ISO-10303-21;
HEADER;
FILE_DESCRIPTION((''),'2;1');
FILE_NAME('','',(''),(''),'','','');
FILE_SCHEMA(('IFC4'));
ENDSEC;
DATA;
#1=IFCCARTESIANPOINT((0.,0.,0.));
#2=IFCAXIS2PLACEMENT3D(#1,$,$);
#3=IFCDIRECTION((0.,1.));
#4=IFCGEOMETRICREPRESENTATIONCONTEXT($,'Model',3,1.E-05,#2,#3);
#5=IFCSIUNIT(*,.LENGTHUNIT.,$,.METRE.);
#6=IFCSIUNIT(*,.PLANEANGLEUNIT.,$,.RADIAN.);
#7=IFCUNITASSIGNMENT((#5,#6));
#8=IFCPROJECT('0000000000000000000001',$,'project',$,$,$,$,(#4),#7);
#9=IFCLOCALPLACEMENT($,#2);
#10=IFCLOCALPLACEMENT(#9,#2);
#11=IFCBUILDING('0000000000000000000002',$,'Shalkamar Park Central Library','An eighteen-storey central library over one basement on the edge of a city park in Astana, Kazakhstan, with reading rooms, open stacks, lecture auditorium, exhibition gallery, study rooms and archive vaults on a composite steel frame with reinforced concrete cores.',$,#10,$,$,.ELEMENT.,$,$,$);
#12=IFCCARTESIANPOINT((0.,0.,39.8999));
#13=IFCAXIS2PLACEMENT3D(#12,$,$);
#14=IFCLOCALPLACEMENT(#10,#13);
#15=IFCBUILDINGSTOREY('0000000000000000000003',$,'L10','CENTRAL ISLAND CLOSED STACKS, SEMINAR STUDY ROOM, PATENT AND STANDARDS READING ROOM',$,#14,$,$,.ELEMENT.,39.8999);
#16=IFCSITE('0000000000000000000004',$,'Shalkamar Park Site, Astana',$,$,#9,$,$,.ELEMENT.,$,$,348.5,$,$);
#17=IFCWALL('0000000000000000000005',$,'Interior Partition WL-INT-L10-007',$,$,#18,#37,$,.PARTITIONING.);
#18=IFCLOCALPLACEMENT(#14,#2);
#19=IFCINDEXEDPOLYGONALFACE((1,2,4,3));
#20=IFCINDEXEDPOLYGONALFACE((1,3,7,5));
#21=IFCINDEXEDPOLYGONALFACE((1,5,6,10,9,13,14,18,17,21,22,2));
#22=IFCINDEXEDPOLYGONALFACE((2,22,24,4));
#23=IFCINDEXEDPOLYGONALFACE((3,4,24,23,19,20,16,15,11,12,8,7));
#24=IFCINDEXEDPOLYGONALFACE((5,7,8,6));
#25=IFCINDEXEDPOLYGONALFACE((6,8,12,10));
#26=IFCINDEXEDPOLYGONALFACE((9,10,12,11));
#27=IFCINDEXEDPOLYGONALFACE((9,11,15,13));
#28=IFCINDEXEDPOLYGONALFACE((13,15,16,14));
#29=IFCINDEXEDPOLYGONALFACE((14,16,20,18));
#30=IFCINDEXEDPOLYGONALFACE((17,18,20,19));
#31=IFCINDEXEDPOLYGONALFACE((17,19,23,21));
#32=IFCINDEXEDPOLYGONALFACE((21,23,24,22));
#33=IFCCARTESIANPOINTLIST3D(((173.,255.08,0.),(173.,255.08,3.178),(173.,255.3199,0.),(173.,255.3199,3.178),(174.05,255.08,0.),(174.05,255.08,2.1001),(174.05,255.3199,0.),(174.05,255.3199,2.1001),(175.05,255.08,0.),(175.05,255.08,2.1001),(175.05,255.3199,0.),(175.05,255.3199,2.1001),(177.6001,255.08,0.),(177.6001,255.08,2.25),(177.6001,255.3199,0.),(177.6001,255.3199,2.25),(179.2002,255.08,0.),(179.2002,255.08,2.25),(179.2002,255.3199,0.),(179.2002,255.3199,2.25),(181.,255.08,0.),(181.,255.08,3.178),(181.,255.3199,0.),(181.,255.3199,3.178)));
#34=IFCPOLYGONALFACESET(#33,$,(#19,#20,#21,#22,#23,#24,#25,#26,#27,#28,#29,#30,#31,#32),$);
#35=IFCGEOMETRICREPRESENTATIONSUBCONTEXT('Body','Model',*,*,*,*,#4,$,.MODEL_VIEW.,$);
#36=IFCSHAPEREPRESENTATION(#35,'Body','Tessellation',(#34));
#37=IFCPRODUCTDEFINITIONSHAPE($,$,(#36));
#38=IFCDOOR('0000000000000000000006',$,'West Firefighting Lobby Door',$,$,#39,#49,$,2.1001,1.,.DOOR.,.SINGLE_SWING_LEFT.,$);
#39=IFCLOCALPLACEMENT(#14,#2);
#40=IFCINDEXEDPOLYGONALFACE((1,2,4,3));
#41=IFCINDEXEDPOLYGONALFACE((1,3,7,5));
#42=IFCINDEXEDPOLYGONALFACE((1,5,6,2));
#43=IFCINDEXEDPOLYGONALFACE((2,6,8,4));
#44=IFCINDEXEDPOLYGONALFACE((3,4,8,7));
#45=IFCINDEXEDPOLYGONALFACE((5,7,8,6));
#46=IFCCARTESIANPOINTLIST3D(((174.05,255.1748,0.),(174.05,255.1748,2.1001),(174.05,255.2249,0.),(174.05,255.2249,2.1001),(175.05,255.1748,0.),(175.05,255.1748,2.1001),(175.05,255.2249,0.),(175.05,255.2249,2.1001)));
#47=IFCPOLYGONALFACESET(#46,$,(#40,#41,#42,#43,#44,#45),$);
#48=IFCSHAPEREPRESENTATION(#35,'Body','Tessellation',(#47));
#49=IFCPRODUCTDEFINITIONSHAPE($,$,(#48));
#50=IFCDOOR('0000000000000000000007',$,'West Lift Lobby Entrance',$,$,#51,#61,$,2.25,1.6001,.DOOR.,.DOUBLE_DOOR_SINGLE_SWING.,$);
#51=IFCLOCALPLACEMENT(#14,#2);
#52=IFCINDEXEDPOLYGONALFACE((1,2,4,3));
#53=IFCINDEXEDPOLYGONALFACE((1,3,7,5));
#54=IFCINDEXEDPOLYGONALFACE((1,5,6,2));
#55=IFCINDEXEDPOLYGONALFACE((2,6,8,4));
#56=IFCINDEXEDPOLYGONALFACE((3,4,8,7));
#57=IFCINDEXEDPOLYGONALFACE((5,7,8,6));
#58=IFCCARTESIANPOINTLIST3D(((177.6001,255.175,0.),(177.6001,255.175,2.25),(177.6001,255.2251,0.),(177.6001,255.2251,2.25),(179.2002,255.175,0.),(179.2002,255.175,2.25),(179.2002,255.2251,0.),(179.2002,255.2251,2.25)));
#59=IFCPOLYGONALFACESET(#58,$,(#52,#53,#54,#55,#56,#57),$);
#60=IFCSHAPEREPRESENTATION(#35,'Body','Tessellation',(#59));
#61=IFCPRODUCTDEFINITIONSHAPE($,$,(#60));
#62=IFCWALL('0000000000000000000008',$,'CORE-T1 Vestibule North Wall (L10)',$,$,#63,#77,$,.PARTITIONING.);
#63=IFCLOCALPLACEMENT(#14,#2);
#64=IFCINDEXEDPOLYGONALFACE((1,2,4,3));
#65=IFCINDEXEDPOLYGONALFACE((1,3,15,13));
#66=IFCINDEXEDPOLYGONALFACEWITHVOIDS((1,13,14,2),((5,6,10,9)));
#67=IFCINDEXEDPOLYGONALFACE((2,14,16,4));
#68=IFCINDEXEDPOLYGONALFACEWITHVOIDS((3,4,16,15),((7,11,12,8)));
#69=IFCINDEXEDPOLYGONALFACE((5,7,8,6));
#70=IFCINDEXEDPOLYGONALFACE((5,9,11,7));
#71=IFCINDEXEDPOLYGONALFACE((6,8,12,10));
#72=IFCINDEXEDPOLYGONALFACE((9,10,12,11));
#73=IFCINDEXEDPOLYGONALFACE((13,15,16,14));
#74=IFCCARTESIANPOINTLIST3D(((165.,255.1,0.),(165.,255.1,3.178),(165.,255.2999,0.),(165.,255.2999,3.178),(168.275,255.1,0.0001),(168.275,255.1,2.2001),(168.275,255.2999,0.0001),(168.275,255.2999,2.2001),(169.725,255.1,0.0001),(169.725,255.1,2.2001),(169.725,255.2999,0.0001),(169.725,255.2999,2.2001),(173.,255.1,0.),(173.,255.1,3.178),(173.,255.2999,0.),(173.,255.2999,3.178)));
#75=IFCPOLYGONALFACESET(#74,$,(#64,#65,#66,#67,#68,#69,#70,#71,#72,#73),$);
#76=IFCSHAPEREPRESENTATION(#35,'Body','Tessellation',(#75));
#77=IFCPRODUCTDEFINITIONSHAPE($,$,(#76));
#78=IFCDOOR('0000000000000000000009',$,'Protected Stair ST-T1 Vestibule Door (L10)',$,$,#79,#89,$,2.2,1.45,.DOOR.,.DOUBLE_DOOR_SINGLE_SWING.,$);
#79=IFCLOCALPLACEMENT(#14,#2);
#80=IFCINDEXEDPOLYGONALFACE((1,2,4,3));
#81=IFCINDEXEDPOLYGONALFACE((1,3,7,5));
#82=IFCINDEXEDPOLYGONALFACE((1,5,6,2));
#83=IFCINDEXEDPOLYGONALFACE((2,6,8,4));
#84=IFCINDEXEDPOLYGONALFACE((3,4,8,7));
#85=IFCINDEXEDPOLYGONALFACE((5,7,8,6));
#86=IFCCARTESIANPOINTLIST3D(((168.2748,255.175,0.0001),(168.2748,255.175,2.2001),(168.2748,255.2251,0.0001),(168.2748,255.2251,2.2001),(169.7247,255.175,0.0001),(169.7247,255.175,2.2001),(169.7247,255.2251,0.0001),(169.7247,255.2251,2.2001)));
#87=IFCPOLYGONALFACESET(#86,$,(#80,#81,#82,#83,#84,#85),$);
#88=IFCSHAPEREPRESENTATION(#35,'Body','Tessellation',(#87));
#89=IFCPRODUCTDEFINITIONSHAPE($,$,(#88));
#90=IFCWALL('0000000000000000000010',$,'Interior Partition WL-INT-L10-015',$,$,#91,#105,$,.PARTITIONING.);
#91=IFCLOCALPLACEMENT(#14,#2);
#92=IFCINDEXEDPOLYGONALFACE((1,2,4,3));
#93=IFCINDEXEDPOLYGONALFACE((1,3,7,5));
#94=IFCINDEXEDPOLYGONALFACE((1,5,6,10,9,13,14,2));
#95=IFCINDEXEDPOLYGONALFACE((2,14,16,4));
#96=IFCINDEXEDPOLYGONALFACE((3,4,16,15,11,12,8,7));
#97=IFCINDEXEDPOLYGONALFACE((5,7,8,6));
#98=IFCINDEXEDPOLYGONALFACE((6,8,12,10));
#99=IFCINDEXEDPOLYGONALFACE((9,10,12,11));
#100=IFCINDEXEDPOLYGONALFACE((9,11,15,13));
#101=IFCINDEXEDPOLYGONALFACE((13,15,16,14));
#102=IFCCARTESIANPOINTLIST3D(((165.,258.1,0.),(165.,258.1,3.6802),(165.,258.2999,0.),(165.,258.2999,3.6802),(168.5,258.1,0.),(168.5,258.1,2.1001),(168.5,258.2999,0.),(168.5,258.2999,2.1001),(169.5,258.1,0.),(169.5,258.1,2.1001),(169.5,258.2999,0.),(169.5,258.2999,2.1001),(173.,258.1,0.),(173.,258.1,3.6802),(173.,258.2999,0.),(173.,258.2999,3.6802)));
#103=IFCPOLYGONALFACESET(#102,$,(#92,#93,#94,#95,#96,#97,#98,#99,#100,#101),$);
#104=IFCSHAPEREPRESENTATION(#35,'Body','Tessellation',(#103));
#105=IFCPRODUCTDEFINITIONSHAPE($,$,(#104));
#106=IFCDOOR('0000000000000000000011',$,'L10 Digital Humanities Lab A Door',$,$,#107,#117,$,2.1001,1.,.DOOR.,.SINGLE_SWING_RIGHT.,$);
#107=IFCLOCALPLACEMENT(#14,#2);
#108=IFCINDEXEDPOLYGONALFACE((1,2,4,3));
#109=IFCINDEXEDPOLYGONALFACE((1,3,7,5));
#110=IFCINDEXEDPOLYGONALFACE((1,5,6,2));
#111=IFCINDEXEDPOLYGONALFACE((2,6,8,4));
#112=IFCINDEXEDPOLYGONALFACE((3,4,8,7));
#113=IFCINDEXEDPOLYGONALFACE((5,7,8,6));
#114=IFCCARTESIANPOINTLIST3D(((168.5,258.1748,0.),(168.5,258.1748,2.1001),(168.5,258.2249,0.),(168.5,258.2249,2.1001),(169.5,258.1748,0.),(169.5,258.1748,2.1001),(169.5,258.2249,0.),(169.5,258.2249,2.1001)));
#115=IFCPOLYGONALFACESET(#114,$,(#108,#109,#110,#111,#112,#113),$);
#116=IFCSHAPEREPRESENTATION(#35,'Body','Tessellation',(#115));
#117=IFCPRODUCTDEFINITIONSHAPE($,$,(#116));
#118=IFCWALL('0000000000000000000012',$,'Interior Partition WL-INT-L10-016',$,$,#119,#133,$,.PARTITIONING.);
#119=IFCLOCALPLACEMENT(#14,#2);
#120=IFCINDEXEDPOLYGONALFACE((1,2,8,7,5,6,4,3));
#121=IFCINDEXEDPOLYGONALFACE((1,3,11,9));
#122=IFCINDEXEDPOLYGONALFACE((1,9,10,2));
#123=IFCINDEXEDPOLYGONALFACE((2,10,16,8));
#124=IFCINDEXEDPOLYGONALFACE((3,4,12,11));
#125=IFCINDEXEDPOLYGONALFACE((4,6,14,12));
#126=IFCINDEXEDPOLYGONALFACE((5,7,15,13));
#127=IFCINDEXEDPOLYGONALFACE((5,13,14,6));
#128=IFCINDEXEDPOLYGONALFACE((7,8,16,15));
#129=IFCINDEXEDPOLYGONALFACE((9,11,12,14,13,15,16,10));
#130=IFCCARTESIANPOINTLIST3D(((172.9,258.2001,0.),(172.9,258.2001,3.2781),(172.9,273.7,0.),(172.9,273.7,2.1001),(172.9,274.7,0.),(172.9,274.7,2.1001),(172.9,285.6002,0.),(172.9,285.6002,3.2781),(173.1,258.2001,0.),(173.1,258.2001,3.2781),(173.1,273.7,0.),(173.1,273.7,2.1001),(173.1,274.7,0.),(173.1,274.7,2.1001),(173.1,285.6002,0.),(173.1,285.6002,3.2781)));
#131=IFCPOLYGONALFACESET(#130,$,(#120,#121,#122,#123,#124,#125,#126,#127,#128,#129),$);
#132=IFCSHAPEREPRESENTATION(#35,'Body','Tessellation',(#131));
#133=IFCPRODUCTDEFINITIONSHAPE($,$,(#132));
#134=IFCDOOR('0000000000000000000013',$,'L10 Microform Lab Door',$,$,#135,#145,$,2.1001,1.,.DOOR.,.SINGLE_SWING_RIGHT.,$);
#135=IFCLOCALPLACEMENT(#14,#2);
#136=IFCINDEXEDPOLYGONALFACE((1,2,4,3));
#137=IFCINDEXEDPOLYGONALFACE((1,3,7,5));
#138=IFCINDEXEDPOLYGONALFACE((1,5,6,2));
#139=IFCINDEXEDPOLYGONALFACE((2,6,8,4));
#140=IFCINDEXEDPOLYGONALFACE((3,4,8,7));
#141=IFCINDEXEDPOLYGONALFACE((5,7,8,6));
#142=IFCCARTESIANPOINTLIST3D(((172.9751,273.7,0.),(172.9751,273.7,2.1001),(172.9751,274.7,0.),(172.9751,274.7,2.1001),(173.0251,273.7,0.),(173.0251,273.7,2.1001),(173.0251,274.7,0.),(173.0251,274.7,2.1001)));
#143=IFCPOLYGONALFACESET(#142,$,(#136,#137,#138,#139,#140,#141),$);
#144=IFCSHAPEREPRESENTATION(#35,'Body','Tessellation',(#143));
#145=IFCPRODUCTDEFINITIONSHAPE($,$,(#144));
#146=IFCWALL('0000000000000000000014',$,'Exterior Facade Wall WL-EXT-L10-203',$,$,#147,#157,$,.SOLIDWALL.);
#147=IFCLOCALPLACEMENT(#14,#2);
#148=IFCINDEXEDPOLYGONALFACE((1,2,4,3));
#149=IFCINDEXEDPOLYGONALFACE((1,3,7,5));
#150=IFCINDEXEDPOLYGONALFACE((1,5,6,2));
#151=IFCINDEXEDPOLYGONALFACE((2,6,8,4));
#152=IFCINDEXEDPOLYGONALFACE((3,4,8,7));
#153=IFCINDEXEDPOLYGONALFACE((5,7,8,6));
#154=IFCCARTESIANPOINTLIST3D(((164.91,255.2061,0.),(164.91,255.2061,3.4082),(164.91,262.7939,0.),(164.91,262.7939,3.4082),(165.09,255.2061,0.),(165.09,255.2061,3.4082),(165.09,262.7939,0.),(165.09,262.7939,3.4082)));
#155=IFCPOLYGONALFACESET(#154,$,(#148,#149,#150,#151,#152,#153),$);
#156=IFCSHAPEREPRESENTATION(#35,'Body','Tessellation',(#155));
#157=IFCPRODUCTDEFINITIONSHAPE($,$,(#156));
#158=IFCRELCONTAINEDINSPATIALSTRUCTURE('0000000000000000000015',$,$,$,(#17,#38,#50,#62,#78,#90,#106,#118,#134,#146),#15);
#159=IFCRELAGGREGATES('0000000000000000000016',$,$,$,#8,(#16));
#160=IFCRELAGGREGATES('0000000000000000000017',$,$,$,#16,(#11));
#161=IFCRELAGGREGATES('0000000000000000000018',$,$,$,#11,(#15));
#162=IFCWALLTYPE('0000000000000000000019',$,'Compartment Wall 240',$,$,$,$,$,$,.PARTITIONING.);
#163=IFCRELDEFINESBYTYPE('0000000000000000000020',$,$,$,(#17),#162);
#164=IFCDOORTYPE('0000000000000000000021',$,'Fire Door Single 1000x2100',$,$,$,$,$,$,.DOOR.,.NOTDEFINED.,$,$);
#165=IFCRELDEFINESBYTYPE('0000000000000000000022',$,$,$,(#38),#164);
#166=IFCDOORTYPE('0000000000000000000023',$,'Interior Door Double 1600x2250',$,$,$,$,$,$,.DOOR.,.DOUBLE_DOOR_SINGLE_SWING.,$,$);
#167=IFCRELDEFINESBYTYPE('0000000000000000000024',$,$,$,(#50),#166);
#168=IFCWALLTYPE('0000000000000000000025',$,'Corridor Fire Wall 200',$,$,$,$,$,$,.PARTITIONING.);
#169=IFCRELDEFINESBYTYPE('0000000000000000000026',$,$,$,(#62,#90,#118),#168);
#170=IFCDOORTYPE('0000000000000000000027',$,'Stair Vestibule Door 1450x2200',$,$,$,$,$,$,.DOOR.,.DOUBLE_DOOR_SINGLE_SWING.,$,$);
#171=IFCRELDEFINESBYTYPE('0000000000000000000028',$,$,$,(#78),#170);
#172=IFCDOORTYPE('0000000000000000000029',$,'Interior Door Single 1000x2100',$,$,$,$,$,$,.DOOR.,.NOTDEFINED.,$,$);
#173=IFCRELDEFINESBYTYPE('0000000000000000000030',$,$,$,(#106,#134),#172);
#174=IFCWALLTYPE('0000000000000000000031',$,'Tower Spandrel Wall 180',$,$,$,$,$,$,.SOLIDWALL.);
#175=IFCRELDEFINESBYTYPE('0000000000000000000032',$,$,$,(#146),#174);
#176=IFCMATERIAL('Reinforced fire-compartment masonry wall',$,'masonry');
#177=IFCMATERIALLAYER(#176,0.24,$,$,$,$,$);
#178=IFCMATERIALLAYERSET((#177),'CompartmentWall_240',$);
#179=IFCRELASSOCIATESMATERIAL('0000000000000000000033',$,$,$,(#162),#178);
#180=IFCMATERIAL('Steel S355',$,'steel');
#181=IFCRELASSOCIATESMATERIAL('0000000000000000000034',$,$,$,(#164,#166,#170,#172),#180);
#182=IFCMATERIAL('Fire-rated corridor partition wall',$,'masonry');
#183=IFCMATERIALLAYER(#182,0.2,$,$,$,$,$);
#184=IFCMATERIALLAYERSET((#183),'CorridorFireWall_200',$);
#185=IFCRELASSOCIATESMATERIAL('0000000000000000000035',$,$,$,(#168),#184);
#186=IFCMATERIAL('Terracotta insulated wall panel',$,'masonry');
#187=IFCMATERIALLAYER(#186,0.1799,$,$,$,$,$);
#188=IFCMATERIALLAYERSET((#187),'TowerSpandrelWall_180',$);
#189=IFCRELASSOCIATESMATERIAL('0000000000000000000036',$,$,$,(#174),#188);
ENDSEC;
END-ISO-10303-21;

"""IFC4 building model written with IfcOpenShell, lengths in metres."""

from ifc_helpers import new_model, si_unit, direction, frame, frame_2d, origin, place, context, subcontext, project, spatial, rectangle, extrude, material, layer, layer_set, type_object, element, fill, save


model = new_model("IFC4")

# Units and contexts
model_context = context("Model", 3, precision=1e-05, world=origin(), true_north=direction((0.0, 1.0)))
body_context = subcontext(model_context, "Body", "Model", "MODEL_VIEW")
ifc_project = project(units=[si_unit("LENGTHUNIT", "METRE"), si_unit("PLANEANGLEUNIT", "RADIAN")], contexts=[model_context])

# Site, building, storey
site_placement = place(None, origin())
site = spatial("IfcSite", under=ifc_project, at=site_placement, Name="Shalkamar Park Site, Astana", CompositionType="ELEMENT", RefElevation=348.5)
building_placement = place(site_placement, origin())
building = spatial("IfcBuilding", under=site, at=building_placement, Name="Shalkamar Park Central Library", Description="An eighteen-storey central library over one basement on the edge of a city park in Astana, Kazakhstan, with reading rooms, open stacks, lecture auditorium, exhibition gallery, study rooms and archive vaults on a composite steel frame with reinforced concrete cores.", CompositionType="ELEMENT")
storey_placement = place(building_placement, frame((0.0, 0.0, 39.8999)))
storey = spatial("IfcBuildingStorey", under=building, at=storey_placement, Name="L10", Description="CENTRAL ISLAND CLOSED STACKS, SEMINAR STUDY ROOM, PATENT AND STANDARDS READING ROOM", CompositionType="ELEMENT", Elevation=39.8999)

# Shared definitions
ifc_material_1 = material(Name="Steel S355", Category="steel")

# Wall, openings, doors
ifc_material_2 = material(Name="Reinforced fire-compartment masonry wall", Category="masonry")
ifc_layer_1 = layer(ifc_material_2, 0.24)
ifc_layer_set_1 = layer_set([ifc_layer_1], Name="CompartmentWall_240")
wall_type_1 = type_object("IfcWallType", Name="Compartment Wall 240", PredefinedType="PARTITIONING", material=ifc_layer_set_1)
wall_1_placement = place(storey_placement, frame((173.0, 255.2, 0.0), z_axis=(0.0, 0.0, 1.0), x_axis=(1.0, 0.0, 0.0)))
wall_1 = element("IfcWall", 1, at=wall_1_placement, inside=storey, type_object=wall_type_1, Name="Interior Partition WL-INT-L10-007", PredefinedType="PARTITIONING", context=body_context, shape_type="SweptSolid", body=[
    extrude(rectangle(XDim=8.0, YDim=0.24, at=frame_2d((4.0, 0.0))), origin(), (0.0, 0.0, 1.0), 3.178),
])
opening_1_placement = place(wall_1_placement, frame((1.05, 0.0, 0.0)))
opening_1 = element("IfcOpeningElement", 2, at=opening_1_placement, cuts=wall_1, PredefinedType="OPENING", context=body_context, shape_type="SweptSolid", body=[
    extrude(rectangle(XDim=1.0, YDim=2.1001, at=frame_2d((0.5, 1.05))), frame((0.0, 0.1348, 0.0), z_axis=(0.0, -1.0, 0.0), x_axis=(1.0, 0.0, 0.0)), (0.0, 0.0, 1.0), 0.2698),
])
opening_2_placement = place(wall_1_placement, frame((4.6001, 0.0, 0.0)))
opening_2 = element("IfcOpeningElement", 3, at=opening_2_placement, cuts=wall_1, PredefinedType="OPENING", context=body_context, shape_type="SweptSolid", body=[
    extrude(rectangle(XDim=1.6001, YDim=2.25, at=frame_2d((0.8, 1.125))), frame((0.0, 0.1348, 0.0), z_axis=(0.0, -1.0, 0.0), x_axis=(1.0, 0.0, 0.0)), (0.0, 0.0, 1.0), 0.2698),
])
door_type_1 = type_object("IfcDoorType", Name="Fire Door Single 1000x2100", OperationType="NOTDEFINED", PredefinedType="DOOR", material=ifc_material_1)
door_1_placement = place(opening_1_placement, origin())
door_1 = element("IfcDoor", 4, at=door_1_placement, inside=storey, type_object=door_type_1, Name="West Firefighting Lobby Door", OperationType="SINGLE_SWING_LEFT", OverallHeight=2.1001, OverallWidth=1.0, PredefinedType="DOOR", context=body_context, shape_type="SweptSolid", body=[
    extrude(rectangle(XDim=1.0, YDim=2.1001, at=frame_2d((0.5, 1.05))), frame((0.0, 0.0249, 0.0), z_axis=(0.0, -1.0, 0.0), x_axis=(1.0, 0.0, 0.0)), (0.0, 0.0, 1.0), 0.05),
])
fill(opening_1, door_1)
door_type_2 = type_object("IfcDoorType", Name="Interior Door Double 1600x2250", OperationType="DOUBLE_DOOR_SINGLE_SWING", PredefinedType="DOOR", material=ifc_material_1)
door_2_placement = place(opening_2_placement, frame((1.6001, 0.0, 0.0), z_axis=(0.0, 0.0, 1.0), x_axis=(-1.0, 0.0, 0.0)))
door_2 = element("IfcDoor", 5, at=door_2_placement, inside=storey, type_object=door_type_2, Name="West Lift Lobby Entrance", OperationType="DOUBLE_DOOR_SINGLE_SWING", OverallHeight=2.25, OverallWidth=1.6001, PredefinedType="DOOR", context=body_context, shape_type="SweptSolid", body=[
    extrude(rectangle(XDim=1.6001, YDim=2.25, at=frame_2d((0.8, 1.125))), frame((0.0, 0.0249, 0.0), z_axis=(0.0, -1.0, 0.0), x_axis=(1.0, 0.0, 0.0)), (0.0, 0.0, 1.0), 0.05),
])
fill(opening_2, door_2)

# Walls, openings, doors
ifc_material_3 = material(Name="Fire-rated corridor partition wall", Category="masonry")
ifc_layer_2 = layer(ifc_material_3, 0.2)
ifc_layer_set_2 = layer_set([ifc_layer_2], Name="CorridorFireWall_200")
wall_type_2 = type_object("IfcWallType", Name="Corridor Fire Wall 200", PredefinedType="PARTITIONING", material=ifc_layer_set_2)
wall_2_placement = place(storey_placement, frame((165.0, 255.2, 0.0), z_axis=(0.0, 0.0, 1.0), x_axis=(1.0, 0.0, 0.0)))
wall_2 = element("IfcWall", 6, at=wall_2_placement, inside=storey, type_object=wall_type_2, Name="CORE-T1 Vestibule North Wall (L10)", PredefinedType="PARTITIONING", context=body_context, shape_type="SweptSolid", body=[
    extrude(rectangle(XDim=8.0, YDim=0.2, at=frame_2d((4.0, 0.0))), origin(), (0.0, 0.0, 1.0), 3.178),
])
opening_3_placement = place(wall_2_placement, frame((3.2749, 0.0, 0.0)))
opening_3 = element("IfcOpeningElement", 7, at=opening_3_placement, cuts=wall_2, PredefinedType="OPENING", context=body_context, shape_type="SweptSolid", body=[
    extrude(rectangle(XDim=1.45, YDim=2.2, at=frame_2d((0.7251, 1.1001))), frame((0.0, 0.1147, 0.0), z_axis=(0.0, -1.0, 0.0), x_axis=(1.0, 0.0, 0.0)), (0.0, 0.0, 1.0), 0.2297),
])
door_type_3 = type_object("IfcDoorType", Name="Stair Vestibule Door 1450x2200", OperationType="DOUBLE_DOOR_SINGLE_SWING", PredefinedType="DOOR", material=ifc_material_1)
door_3_placement = place(opening_3_placement, frame((1.45, 0.0, 0.0), z_axis=(0.0, 0.0, 1.0), x_axis=(-1.0, 0.0, 0.0)))
door_3 = element("IfcDoor", 8, at=door_3_placement, inside=storey, type_object=door_type_3, Name="Protected Stair ST-T1 Vestibule Door (L10)", OperationType="DOUBLE_DOOR_SINGLE_SWING", OverallHeight=2.2, OverallWidth=1.45, PredefinedType="DOOR", context=body_context, shape_type="SweptSolid", body=[
    extrude(rectangle(XDim=1.45, YDim=2.2, at=frame_2d((0.7251, 1.1001))), frame((0.0, 0.0249, 0.0), z_axis=(0.0, -1.0, 0.0), x_axis=(1.0, 0.0, 0.0)), (0.0, 0.0, 1.0), 0.05),
])
fill(opening_3, door_3)
wall_3_placement = place(storey_placement, frame((165.0, 258.2, 0.0), z_axis=(0.0, 0.0, 1.0), x_axis=(1.0, 0.0, 0.0)))
wall_3 = element("IfcWall", 9, at=wall_3_placement, inside=storey, type_object=wall_type_2, Name="Interior Partition WL-INT-L10-015", PredefinedType="PARTITIONING", context=body_context, shape_type="SweptSolid", body=[
    extrude(rectangle(XDim=8.0, YDim=0.2, at=frame_2d((4.0, 0.0))), origin(), (0.0, 0.0, 1.0), 3.6802),
])
opening_4_placement = place(wall_3_placement, frame((3.5, 0.0, 0.0)))
opening_4 = element("IfcOpeningElement", 10, at=opening_4_placement, cuts=wall_3, PredefinedType="OPENING", context=body_context, shape_type="SweptSolid", body=[
    extrude(rectangle(XDim=1.0, YDim=2.1001, at=frame_2d((0.5, 1.05))), frame((0.0, 0.1147, 0.0), z_axis=(0.0, -1.0, 0.0), x_axis=(1.0, 0.0, 0.0)), (0.0, 0.0, 1.0), 0.2297),
])
door_type_4 = type_object("IfcDoorType", Name="Interior Door Single 1000x2100", OperationType="NOTDEFINED", PredefinedType="DOOR", material=ifc_material_1)
door_4_placement = place(opening_4_placement, origin())
door_4 = element("IfcDoor", 11, at=door_4_placement, inside=storey, type_object=door_type_4, Name="L10 Digital Humanities Lab A Door", OperationType="SINGLE_SWING_RIGHT", OverallHeight=2.1001, OverallWidth=1.0, PredefinedType="DOOR", context=body_context, shape_type="SweptSolid", body=[
    extrude(rectangle(XDim=1.0, YDim=2.1001, at=frame_2d((0.5, 1.05))), frame((0.0, 0.0249, 0.0), z_axis=(0.0, -1.0, 0.0), x_axis=(1.0, 0.0, 0.0)), (0.0, 0.0, 1.0), 0.05),
])
fill(opening_4, door_4)
wall_4_placement = place(storey_placement, frame((173.0, 258.2, 0.0), z_axis=(0.0, 0.0, 1.0), x_axis=(0.0, 1.0, 0.0)))
wall_4 = element("IfcWall", 12, at=wall_4_placement, inside=storey, type_object=wall_type_2, Name="Interior Partition WL-INT-L10-016", PredefinedType="PARTITIONING", context=body_context, shape_type="SweptSolid", body=[
    extrude(rectangle(XDim=27.4001, YDim=0.2, at=frame_2d((13.7002, 0.0))), origin(), (0.0, 0.0, 1.0), 3.2781),
])
opening_5_placement = place(wall_4_placement, frame((15.5, 0.0, 0.0)))
opening_5 = element("IfcOpeningElement", 13, at=opening_5_placement, cuts=wall_4, PredefinedType="OPENING", context=body_context, shape_type="SweptSolid", body=[
    extrude(rectangle(XDim=1.0, YDim=2.1001, at=frame_2d((0.5, 1.05))), frame((0.0, 0.1147, 0.0), z_axis=(0.0, -1.0, 0.0), x_axis=(1.0, 0.0, 0.0)), (0.0, 0.0, 1.0), 0.2297),
])
door_5_placement = place(opening_5_placement, origin())
door_5 = element("IfcDoor", 14, at=door_5_placement, inside=storey, type_object=door_type_4, Name="L10 Microform Lab Door", OperationType="SINGLE_SWING_RIGHT", OverallHeight=2.1001, OverallWidth=1.0, PredefinedType="DOOR", context=body_context, shape_type="SweptSolid", body=[
    extrude(rectangle(XDim=1.0, YDim=2.1001, at=frame_2d((0.5, 1.05))), frame((0.0, 0.0249, 0.0), z_axis=(0.0, -1.0, 0.0), x_axis=(1.0, 0.0, 0.0)), (0.0, 0.0, 1.0), 0.05),
])
fill(opening_5, door_5)

# Wall
ifc_material_4 = material(Name="Terracotta insulated wall panel", Category="masonry")
ifc_layer_3 = layer(ifc_material_4, 0.1799)
ifc_layer_set_3 = layer_set([ifc_layer_3], Name="TowerSpandrelWall_180")
wall_type_3 = type_object("IfcWallType", Name="Tower Spandrel Wall 180", PredefinedType="SOLIDWALL", material=ifc_layer_set_3)
wall_5_placement = place(storey_placement, frame((165.0, 255.2061, 0.0), z_axis=(0.0, 0.0, 1.0), x_axis=(0.0, 1.0, 0.0)))
element("IfcWall", 15, at=wall_5_placement, inside=storey, type_object=wall_type_3, Name="Exterior Facade Wall WL-EXT-L10-203", PredefinedType="SOLIDWALL", context=body_context, shape_type="SweptSolid", body=[
    extrude(rectangle(XDim=7.5879, YDim=0.1799, at=frame_2d((3.7939, 0.0))), origin(), (0.0, 0.0, 1.0), 3.4082),
])

save(model, "model.ifc")
